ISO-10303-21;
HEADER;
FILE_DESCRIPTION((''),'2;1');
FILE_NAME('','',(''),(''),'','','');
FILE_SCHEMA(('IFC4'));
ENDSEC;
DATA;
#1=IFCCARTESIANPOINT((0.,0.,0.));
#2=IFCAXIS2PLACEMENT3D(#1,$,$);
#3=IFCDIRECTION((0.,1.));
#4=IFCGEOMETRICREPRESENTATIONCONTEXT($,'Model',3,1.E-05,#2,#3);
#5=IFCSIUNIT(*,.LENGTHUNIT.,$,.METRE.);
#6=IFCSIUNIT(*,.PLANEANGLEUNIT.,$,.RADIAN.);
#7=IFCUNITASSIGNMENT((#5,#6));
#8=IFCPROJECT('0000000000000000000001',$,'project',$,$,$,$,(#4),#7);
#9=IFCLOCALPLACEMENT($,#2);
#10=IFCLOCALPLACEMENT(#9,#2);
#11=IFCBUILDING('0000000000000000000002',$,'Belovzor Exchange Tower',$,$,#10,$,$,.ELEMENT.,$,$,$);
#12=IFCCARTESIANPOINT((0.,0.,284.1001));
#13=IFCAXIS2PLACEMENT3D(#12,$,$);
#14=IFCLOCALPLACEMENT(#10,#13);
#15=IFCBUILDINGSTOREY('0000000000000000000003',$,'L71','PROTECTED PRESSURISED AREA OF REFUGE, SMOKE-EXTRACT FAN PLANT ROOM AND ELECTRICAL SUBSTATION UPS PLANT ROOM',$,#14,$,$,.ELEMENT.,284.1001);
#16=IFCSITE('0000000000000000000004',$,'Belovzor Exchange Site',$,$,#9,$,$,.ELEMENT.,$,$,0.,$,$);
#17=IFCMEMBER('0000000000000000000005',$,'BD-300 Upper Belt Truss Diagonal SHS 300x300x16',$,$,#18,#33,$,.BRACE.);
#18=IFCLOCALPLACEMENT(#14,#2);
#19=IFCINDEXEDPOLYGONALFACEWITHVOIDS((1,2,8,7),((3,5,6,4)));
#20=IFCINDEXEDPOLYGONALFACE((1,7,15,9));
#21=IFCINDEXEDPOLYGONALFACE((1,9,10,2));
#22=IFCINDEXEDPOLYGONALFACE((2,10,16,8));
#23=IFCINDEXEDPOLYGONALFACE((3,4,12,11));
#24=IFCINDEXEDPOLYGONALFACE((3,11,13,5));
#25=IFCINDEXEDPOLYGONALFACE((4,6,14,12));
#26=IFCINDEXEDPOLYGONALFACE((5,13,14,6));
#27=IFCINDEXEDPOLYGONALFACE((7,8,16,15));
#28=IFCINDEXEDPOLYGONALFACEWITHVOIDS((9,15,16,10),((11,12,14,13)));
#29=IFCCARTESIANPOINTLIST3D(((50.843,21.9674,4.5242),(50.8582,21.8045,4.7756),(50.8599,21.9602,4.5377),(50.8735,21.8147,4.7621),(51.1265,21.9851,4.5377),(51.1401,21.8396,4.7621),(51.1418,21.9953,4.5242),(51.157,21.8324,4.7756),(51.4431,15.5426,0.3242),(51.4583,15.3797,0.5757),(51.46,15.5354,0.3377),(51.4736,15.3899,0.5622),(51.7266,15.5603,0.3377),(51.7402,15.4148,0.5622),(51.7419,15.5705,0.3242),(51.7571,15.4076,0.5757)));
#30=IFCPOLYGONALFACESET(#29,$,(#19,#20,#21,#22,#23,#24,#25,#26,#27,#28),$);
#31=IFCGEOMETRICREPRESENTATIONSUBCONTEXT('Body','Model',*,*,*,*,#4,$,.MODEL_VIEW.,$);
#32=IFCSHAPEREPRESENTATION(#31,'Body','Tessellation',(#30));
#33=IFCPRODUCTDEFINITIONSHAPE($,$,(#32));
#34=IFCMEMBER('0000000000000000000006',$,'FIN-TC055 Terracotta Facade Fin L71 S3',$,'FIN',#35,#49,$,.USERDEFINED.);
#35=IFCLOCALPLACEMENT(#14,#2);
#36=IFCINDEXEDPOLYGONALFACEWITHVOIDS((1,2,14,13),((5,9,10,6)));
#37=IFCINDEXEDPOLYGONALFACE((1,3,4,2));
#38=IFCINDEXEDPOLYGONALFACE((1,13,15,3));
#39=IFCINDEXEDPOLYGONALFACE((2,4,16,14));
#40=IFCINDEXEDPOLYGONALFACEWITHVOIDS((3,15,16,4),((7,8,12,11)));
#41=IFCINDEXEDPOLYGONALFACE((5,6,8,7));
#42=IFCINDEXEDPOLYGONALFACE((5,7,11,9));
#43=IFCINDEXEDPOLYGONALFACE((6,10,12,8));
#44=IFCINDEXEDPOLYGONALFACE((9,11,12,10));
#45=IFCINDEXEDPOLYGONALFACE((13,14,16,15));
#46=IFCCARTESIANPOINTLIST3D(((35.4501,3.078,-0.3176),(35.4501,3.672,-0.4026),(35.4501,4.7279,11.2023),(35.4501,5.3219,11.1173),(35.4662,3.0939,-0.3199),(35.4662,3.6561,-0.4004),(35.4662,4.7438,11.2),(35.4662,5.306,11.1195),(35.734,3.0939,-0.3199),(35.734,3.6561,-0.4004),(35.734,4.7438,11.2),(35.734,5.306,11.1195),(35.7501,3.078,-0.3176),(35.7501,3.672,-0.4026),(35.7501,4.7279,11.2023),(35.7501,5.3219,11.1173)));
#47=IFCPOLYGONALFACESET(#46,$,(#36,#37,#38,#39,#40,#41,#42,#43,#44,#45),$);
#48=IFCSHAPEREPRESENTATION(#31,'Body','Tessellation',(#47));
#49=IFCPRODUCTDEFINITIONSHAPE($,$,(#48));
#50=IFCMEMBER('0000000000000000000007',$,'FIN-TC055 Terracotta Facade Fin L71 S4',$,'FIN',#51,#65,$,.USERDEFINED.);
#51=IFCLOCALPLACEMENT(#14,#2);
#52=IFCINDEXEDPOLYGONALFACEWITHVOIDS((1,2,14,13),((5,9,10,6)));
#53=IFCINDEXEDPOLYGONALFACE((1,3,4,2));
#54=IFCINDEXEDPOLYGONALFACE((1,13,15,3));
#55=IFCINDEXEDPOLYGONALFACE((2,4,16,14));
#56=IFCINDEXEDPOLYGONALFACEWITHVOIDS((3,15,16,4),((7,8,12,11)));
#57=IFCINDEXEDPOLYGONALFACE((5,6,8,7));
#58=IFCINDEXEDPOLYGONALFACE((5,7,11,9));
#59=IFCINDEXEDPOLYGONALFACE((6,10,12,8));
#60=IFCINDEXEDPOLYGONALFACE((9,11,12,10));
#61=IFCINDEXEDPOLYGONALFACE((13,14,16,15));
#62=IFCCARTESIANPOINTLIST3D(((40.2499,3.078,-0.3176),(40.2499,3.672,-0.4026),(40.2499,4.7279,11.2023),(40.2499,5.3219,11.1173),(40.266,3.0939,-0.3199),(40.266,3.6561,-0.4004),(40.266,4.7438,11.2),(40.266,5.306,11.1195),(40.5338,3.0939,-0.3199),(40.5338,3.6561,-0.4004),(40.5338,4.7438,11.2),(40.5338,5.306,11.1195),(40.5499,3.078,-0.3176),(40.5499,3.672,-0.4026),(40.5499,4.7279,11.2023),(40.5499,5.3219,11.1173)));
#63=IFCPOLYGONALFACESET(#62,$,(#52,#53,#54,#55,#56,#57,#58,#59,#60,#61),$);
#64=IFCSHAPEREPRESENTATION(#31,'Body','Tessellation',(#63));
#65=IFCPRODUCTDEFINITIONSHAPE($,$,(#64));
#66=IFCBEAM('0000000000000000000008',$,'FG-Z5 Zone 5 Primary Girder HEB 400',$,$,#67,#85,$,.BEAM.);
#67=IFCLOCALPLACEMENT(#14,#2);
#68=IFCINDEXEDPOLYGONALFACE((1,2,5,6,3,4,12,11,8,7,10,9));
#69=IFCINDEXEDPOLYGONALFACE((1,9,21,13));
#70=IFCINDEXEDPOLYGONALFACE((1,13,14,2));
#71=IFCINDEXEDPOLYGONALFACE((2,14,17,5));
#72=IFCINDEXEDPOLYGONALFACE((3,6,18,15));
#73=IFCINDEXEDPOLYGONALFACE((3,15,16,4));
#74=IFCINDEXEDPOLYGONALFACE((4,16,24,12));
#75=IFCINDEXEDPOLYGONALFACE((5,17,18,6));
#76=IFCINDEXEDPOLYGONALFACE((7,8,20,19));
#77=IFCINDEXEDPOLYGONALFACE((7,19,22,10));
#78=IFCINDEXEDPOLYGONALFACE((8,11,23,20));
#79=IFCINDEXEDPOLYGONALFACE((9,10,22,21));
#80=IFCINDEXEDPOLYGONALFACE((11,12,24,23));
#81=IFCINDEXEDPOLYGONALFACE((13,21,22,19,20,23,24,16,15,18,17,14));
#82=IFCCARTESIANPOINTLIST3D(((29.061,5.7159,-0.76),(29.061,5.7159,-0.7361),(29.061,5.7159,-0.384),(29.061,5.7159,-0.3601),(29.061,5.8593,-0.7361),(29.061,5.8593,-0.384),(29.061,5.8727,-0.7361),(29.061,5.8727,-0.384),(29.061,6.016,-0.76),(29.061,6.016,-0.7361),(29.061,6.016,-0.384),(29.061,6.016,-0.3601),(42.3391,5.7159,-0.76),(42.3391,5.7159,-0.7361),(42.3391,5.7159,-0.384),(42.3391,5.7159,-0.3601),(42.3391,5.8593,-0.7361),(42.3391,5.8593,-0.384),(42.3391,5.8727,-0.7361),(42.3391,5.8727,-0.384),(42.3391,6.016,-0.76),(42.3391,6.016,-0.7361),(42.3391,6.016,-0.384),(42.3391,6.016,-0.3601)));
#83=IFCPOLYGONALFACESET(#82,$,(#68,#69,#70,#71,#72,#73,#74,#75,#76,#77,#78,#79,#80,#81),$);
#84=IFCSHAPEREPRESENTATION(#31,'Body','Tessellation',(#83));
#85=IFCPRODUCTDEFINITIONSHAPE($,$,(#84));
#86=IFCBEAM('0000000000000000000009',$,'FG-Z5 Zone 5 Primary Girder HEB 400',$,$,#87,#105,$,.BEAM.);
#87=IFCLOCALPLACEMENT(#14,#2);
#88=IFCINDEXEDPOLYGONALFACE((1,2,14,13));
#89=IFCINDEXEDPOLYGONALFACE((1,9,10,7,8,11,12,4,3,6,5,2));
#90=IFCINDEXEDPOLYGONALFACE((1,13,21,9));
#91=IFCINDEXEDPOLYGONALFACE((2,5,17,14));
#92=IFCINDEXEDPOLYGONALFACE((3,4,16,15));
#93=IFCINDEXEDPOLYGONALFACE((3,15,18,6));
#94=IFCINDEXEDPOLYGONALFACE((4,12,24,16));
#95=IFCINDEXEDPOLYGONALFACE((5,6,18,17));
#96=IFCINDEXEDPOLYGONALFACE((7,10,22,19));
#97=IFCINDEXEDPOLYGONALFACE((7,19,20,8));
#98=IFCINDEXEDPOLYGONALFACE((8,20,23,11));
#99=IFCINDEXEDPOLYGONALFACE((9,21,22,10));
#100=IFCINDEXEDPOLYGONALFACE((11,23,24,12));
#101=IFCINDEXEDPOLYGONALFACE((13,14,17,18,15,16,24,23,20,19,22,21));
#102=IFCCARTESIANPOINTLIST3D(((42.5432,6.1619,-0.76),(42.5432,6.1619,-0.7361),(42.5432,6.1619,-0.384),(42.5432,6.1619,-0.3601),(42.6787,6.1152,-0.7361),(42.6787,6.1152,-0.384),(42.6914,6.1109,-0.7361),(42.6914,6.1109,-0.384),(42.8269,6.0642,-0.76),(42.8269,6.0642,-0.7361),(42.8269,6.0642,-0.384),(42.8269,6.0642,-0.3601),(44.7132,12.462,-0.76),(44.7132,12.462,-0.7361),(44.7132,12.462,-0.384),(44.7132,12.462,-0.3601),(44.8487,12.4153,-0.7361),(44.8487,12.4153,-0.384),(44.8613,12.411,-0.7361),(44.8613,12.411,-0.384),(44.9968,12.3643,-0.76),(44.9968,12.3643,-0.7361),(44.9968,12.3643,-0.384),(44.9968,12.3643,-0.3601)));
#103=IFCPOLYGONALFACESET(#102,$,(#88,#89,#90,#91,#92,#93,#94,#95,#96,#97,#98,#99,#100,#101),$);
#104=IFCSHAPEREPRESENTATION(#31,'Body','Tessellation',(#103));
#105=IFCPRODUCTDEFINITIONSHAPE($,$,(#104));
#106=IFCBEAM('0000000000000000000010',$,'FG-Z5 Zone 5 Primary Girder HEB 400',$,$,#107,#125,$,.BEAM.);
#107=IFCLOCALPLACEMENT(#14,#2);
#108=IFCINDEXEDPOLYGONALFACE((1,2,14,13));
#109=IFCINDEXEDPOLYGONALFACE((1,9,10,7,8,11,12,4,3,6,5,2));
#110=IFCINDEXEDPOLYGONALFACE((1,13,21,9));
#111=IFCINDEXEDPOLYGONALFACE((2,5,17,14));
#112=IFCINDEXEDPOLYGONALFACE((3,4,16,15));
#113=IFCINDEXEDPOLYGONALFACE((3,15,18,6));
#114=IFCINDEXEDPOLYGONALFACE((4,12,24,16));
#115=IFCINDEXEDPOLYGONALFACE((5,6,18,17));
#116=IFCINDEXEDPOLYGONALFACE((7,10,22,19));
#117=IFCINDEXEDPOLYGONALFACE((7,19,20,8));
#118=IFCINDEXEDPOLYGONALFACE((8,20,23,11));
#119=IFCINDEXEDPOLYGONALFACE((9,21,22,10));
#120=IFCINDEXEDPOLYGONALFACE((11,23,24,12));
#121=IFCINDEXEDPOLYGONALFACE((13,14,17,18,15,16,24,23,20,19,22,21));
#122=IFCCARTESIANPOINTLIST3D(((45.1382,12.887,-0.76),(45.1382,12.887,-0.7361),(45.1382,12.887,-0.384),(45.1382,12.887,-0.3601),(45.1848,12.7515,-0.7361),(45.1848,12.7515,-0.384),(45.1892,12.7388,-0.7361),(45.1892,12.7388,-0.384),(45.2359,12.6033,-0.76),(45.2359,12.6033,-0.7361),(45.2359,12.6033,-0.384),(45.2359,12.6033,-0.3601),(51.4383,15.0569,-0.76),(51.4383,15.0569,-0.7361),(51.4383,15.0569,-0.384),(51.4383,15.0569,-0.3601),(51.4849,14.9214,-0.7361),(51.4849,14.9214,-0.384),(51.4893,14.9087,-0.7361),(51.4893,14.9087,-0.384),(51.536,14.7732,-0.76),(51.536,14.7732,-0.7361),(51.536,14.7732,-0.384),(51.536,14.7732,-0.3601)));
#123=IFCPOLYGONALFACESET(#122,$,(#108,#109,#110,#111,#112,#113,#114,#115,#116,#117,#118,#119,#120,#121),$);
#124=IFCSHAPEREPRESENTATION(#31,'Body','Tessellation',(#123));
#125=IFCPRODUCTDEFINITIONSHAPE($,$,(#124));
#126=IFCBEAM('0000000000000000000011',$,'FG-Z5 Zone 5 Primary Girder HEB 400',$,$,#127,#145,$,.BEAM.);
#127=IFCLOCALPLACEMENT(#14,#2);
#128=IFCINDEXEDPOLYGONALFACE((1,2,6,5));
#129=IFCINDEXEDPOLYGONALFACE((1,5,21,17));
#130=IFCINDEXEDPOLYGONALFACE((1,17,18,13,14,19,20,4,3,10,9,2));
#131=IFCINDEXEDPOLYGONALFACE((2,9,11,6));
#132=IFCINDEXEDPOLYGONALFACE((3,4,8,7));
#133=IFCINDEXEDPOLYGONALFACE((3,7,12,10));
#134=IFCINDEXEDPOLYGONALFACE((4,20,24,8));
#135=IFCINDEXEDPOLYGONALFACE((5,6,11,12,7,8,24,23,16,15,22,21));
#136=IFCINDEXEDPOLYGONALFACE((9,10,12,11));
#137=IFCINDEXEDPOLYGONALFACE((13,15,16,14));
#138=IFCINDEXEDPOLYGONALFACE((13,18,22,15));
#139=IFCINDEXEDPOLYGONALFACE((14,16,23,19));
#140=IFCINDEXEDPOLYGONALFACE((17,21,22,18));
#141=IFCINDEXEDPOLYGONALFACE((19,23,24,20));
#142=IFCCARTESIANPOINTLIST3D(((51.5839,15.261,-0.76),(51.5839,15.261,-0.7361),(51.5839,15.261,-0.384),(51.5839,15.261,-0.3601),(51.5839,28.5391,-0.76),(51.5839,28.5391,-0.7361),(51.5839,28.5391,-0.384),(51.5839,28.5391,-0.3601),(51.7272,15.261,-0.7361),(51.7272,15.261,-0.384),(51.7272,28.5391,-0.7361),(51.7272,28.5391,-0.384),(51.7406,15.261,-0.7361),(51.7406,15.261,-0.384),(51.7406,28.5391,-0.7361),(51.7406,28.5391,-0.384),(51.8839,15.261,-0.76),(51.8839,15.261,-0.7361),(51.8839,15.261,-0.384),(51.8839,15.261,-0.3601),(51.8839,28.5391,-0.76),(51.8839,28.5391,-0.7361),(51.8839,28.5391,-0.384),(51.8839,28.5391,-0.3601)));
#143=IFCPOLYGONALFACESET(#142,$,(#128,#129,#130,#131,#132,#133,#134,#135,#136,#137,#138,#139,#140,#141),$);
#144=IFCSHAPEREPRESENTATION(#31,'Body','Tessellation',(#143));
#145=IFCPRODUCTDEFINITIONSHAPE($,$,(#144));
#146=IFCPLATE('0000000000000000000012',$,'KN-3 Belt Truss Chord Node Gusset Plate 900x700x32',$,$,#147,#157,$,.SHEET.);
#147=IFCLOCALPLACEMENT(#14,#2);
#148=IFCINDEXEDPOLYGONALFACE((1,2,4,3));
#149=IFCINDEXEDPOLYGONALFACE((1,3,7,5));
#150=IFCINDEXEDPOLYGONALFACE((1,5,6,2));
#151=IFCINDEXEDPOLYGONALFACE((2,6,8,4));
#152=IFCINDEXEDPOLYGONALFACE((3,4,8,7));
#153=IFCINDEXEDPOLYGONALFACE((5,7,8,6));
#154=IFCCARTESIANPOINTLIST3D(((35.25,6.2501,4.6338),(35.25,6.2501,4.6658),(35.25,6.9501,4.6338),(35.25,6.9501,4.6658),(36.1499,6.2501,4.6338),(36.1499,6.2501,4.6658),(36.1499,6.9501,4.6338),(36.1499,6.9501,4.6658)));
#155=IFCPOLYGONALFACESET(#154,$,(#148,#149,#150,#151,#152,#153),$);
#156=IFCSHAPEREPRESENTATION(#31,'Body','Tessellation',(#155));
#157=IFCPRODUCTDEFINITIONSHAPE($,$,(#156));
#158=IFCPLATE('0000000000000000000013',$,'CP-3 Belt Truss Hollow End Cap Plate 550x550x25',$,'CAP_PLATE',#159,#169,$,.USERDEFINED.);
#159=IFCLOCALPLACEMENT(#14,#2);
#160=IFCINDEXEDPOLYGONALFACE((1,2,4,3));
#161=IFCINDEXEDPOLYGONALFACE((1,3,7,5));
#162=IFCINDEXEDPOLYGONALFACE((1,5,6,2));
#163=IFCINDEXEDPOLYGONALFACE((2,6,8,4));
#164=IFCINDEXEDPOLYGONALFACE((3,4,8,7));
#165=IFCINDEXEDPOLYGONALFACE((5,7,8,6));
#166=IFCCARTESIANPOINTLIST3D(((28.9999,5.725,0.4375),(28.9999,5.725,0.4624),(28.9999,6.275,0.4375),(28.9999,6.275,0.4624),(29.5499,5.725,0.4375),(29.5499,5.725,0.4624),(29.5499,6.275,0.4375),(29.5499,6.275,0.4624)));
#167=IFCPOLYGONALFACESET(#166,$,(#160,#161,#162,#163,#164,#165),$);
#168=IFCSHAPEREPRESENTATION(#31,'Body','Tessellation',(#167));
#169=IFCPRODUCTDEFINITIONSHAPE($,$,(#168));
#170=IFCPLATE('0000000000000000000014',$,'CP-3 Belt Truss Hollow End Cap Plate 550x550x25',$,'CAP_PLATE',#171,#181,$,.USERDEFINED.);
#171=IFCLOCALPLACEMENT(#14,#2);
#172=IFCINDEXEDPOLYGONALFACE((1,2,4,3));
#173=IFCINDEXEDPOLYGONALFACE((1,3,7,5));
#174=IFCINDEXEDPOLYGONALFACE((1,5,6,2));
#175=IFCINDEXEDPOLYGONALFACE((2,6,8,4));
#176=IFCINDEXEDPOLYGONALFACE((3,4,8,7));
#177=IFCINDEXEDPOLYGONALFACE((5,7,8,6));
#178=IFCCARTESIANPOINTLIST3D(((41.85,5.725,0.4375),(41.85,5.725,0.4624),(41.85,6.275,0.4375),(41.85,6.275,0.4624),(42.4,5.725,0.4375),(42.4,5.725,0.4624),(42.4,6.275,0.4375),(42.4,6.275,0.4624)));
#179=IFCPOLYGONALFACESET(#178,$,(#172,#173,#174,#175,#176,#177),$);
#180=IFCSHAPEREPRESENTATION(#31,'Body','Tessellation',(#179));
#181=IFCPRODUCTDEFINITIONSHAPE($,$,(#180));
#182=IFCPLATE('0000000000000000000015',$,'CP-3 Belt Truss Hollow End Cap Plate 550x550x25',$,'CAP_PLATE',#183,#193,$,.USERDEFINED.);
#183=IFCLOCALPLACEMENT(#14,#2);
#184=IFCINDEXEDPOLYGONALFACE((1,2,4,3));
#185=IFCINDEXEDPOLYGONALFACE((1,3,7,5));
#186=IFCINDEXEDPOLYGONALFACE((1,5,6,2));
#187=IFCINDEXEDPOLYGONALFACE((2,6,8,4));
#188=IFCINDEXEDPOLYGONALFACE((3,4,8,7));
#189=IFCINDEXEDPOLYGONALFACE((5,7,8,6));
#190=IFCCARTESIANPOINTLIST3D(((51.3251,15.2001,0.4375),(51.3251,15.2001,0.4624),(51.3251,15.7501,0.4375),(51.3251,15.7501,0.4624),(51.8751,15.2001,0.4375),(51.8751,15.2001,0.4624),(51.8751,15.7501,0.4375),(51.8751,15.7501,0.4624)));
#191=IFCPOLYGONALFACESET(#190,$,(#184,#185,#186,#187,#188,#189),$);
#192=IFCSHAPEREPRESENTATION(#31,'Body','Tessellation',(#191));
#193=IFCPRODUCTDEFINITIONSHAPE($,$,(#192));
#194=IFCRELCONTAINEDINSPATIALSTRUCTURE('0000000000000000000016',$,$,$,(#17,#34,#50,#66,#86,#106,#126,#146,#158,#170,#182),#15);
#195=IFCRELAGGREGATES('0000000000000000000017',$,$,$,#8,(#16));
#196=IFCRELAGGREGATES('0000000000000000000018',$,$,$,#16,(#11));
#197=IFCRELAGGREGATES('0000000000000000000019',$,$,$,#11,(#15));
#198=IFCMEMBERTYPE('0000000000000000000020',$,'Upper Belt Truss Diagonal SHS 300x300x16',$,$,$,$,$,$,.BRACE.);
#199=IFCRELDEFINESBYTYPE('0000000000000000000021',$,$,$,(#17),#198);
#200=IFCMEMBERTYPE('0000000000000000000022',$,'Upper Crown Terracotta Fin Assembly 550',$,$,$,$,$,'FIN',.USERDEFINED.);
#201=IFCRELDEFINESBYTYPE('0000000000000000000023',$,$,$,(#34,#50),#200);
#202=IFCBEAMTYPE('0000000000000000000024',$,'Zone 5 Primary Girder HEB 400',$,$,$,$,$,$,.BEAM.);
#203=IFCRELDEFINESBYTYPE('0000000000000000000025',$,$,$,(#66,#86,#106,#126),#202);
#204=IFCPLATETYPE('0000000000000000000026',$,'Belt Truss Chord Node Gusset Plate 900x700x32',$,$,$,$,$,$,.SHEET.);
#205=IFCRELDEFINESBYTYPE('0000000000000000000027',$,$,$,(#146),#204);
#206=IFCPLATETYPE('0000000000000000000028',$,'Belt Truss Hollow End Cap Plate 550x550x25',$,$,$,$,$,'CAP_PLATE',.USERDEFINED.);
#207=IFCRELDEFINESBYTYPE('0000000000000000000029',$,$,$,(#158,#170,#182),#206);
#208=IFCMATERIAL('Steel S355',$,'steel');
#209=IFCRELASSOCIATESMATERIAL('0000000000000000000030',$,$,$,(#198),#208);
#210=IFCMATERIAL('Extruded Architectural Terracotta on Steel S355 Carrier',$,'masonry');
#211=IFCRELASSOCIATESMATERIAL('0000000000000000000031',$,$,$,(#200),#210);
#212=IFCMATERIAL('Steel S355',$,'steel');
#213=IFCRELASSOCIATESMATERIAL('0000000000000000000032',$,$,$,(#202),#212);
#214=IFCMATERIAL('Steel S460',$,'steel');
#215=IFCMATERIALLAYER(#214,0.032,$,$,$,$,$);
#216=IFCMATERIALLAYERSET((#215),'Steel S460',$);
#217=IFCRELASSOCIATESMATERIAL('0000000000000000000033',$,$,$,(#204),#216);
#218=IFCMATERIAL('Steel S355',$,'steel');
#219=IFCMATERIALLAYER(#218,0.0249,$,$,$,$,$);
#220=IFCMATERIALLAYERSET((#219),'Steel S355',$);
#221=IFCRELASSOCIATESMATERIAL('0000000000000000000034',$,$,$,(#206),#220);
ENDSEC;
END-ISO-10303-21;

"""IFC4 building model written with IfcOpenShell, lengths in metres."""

from ifc_helpers import new_model, si_unit, direction, frame, origin, origin_2d, place, context, subcontext, project, spatial, rectangle, hollow_rectangle, i_section, extrude, material, layer, layer_set, material_profile, profile_set, type_object, element, save


model = new_model("IFC4")

# Units and contexts
model_context = context("Model", 3, precision=1e-05, world=origin(), true_north=direction((0.0, 1.0)))
body_context = subcontext(model_context, "Body", "Model", "MODEL_VIEW")
ifc_project = project(units=[si_unit("LENGTHUNIT", "METRE"), si_unit("PLANEANGLEUNIT", "RADIAN")], contexts=[model_context])

# Site, building, storey
site_placement = place(None, origin())
site = spatial("IfcSite", under=ifc_project, at=site_placement, Name="Belovzor Exchange Site", CompositionType="ELEMENT", RefElevation=0.0)
building_placement = place(site_placement, origin())
building = spatial("IfcBuilding", under=site, at=building_placement, Name="Belovzor Exchange Tower", CompositionType="ELEMENT")
storey_placement = place(building_placement, frame((0.0, 0.0, 284.1001)))
storey = spatial("IfcBuildingStorey", under=building, at=storey_placement, Name="L71", Description="PROTECTED PRESSURISED AREA OF REFUGE, SMOKE-EXTRACT FAN PLANT ROOM AND ELECTRICAL SUBSTATION UPS PLANT ROOM", CompositionType="ELEMENT", Elevation=284.1001)

# Members
ifc_material_1 = material(Name="Steel S355", Category="steel")
ifc_material_profile_1 = material_profile(ifc_material_1, hollow_rectangle(XDim=0.3, YDim=0.3, WallThickness=0.0161, at=origin_2d()))
ifc_profile_set_1 = profile_set([ifc_material_profile_1], Name="Steel S355")
member_type_1 = type_object("IfcMemberType", Name="Upper Belt Truss Diagonal SHS 300x300x16", PredefinedType="BRACE", material=ifc_profile_set_1)
member_placement = place(storey_placement, frame((51.6001, 15.4751, 0.45), z_axis=(-0.077943, 0.834476, 0.545504), x_axis=(-0.995666, -0.092998, 0.0)))
element("IfcMember", 1, at=member_placement, inside=storey, type_object=member_type_1, Name="BD-300 Upper Belt Truss Diagonal SHS 300x300x16", PredefinedType="BRACE", context=body_context, shape_type="SweptSolid", body=[
    extrude(hollow_rectangle(XDim=0.3, YDim=0.3, WallThickness=0.0161, at=origin_2d()), origin(), (0.0, 0.0, 1.0), 7.6992),
])
ifc_material_2 = material(Name="Extruded Architectural Terracotta on Steel S355 Carrier", Category="masonry")
ifc_material_profile_2 = material_profile(ifc_material_2, hollow_rectangle(XDim=0.3, YDim=0.6001, WallThickness=0.0161, at=origin_2d()))
ifc_profile_set_2 = profile_set([ifc_material_profile_2], Name="Extruded Architectural Terracotta on Steel S355 Carrier")
member_type_2 = type_object("IfcMemberType", Name="Upper Crown Terracotta Fin Assembly 550", ElementType="FIN", PredefinedType="USERDEFINED", material=ifc_profile_set_2)
for number, where, z_axis, x_axis, name in (
    (2, (35.6001, 3.375, -0.3601), (0.0, 0.141774, 0.989899), (-1.0, 0.0, 0.0), "FIN-TC055 Terracotta Facade Fin L71 S3"),
    (3, (40.3999, 3.375, -0.3601), (0.0, 0.141774, 0.989899), (-1.0, 0.0, 0.0), "FIN-TC055 Terracotta Facade Fin L71 S4"),
):
    element("IfcMember", number, at=place(storey_placement, frame(where, z_axis=z_axis, x_axis=x_axis)), inside=storey, type_object=member_type_2, Name=name, ObjectType="FIN", PredefinedType="USERDEFINED", context=body_context, shape_type="SweptSolid", body=[
        extrude(hollow_rectangle(XDim=0.3, YDim=0.6001, WallThickness=0.0161, at=origin_2d()), origin(), (0.0, 0.0, 1.0), 11.6375),
    ])

# Beams
ifc_material_3 = material(Name="Steel S355", Category="steel")
ifc_material_profile_3 = material_profile(ifc_material_3, i_section(OverallWidth=0.3, OverallDepth=0.3999, WebThickness=0.0134, FlangeThickness=0.0239, at=origin_2d()))
ifc_profile_set_3 = profile_set([ifc_material_profile_3], Name="Steel S355")
beam_type_1 = type_object("IfcBeamType", Name="Zone 5 Primary Girder HEB 400", PredefinedType="BEAM", material=ifc_profile_set_3)
beam_1_placement = place(storey_placement, frame((29.061, 5.866, -0.5601), z_axis=(1.0, 0.0, 0.0), x_axis=(0.0, 1.0, 0.0)))
element("IfcBeam", 4, at=beam_1_placement, inside=storey, type_object=beam_type_1, Name="FG-Z5 Zone 5 Primary Girder HEB 400", PredefinedType="BEAM", context=body_context, shape_type="SweptSolid", body=[
    extrude(i_section(OverallWidth=0.3, OverallDepth=0.3999, WebThickness=0.0134, FlangeThickness=0.0239, at=origin_2d()), origin(), (0.0, 0.0, 1.0), 13.2781),
])
for number, where, z_axis, x_axis, name in (
    (5, (42.6851, 6.113, -0.5601), (0.325654, 0.945489, 0.0), (-0.945489, 0.325654, 0.0), "FG-Z5 Zone 5 Primary Girder HEB 400"),
    (6, (45.187, 12.7451, -0.5601), (0.945489, 0.325654, 0.0), (-0.325654, 0.945489, 0.0), "FG-Z5 Zone 5 Primary Girder HEB 400"),
):
    element("IfcBeam", number, at=place(storey_placement, frame(where, z_axis=z_axis, x_axis=x_axis)), inside=storey, type_object=beam_type_1, Name=name, PredefinedType="BEAM", context=body_context, shape_type="SweptSolid", body=[
        extrude(i_section(OverallWidth=0.3, OverallDepth=0.3999, WebThickness=0.0134, FlangeThickness=0.0239, at=origin_2d()), origin(), (0.0, 0.0, 1.0), 6.6633),
    ])
beam_2_placement = place(storey_placement, frame((51.7339, 15.261, -0.5601), z_axis=(0.0, 1.0, 0.0), x_axis=(-1.0, 0.0, 0.0)))
element("IfcBeam", 7, at=beam_2_placement, inside=storey, type_object=beam_type_1, Name="FG-Z5 Zone 5 Primary Girder HEB 400", PredefinedType="BEAM", context=body_context, shape_type="SweptSolid", body=[
    extrude(i_section(OverallWidth=0.3, OverallDepth=0.3999, WebThickness=0.0134, FlangeThickness=0.0239, at=origin_2d()), origin(), (0.0, 0.0, 1.0), 13.2781),
])

# Plates
ifc_material_4 = material(Name="Steel S460", Category="steel")
ifc_layer_1 = layer(ifc_material_4, 0.032)
ifc_layer_set_1 = layer_set([ifc_layer_1], Name="Steel S460")
plate_type_1 = type_object("IfcPlateType", Name="Belt Truss Chord Node Gusset Plate 900x700x32", PredefinedType="SHEET", material=ifc_layer_set_1)
plate_1_placement = place(storey_placement, frame((35.7, 6.6001, 4.6338), z_axis=(0.0, 0.0, 1.0), x_axis=(1.0, 0.0, 0.0)))
element("IfcPlate", 8, at=plate_1_placement, inside=storey, type_object=plate_type_1, Name="KN-3 Belt Truss Chord Node Gusset Plate 900x700x32", PredefinedType="SHEET", context=body_context, shape_type="SweptSolid", body=[
    extrude(rectangle(XDim=0.8999, YDim=0.7, at=origin_2d()), origin(), (0.0, 0.0, 1.0), 0.032),
])
ifc_material_5 = material(Name="Steel S355", Category="steel")
ifc_layer_2 = layer(ifc_material_5, 0.0249)
ifc_layer_set_2 = layer_set([ifc_layer_2], Name="Steel S355")
plate_type_2 = type_object("IfcPlateType", Name="Belt Truss Hollow End Cap Plate 550x550x25", ElementType="CAP_PLATE", PredefinedType="USERDEFINED", material=ifc_layer_set_2)
for number, where, z_axis, x_axis, name in (
    (9, (29.2749, 6.0, 0.4375), (0.0, 0.0, 1.0), (1.0, 0.0, 0.0), "CP-3 Belt Truss Hollow End Cap Plate 550x550x25"),
    (10, (42.125, 6.0, 0.4375), (0.0, 0.0, 1.0), (1.0, 0.0, 0.0), "CP-3 Belt Truss Hollow End Cap Plate 550x550x25"),
    (11, (51.6001, 15.4751, 0.4375), (0.0, 0.0, 1.0), (0.0, 1.0, 0.0), "CP-3 Belt Truss Hollow End Cap Plate 550x550x25"),
):
    element("IfcPlate", number, at=place(storey_placement, frame(where, z_axis=z_axis, x_axis=x_axis)), inside=storey, type_object=plate_type_2, Name=name, ObjectType="CAP_PLATE", PredefinedType="USERDEFINED", context=body_context, shape_type="SweptSolid", body=[
        extrude(rectangle(XDim=0.55, YDim=0.55, at=origin_2d()), origin(), (0.0, 0.0, 1.0), 0.0249),
    ])

save(model, "model.ifc")
